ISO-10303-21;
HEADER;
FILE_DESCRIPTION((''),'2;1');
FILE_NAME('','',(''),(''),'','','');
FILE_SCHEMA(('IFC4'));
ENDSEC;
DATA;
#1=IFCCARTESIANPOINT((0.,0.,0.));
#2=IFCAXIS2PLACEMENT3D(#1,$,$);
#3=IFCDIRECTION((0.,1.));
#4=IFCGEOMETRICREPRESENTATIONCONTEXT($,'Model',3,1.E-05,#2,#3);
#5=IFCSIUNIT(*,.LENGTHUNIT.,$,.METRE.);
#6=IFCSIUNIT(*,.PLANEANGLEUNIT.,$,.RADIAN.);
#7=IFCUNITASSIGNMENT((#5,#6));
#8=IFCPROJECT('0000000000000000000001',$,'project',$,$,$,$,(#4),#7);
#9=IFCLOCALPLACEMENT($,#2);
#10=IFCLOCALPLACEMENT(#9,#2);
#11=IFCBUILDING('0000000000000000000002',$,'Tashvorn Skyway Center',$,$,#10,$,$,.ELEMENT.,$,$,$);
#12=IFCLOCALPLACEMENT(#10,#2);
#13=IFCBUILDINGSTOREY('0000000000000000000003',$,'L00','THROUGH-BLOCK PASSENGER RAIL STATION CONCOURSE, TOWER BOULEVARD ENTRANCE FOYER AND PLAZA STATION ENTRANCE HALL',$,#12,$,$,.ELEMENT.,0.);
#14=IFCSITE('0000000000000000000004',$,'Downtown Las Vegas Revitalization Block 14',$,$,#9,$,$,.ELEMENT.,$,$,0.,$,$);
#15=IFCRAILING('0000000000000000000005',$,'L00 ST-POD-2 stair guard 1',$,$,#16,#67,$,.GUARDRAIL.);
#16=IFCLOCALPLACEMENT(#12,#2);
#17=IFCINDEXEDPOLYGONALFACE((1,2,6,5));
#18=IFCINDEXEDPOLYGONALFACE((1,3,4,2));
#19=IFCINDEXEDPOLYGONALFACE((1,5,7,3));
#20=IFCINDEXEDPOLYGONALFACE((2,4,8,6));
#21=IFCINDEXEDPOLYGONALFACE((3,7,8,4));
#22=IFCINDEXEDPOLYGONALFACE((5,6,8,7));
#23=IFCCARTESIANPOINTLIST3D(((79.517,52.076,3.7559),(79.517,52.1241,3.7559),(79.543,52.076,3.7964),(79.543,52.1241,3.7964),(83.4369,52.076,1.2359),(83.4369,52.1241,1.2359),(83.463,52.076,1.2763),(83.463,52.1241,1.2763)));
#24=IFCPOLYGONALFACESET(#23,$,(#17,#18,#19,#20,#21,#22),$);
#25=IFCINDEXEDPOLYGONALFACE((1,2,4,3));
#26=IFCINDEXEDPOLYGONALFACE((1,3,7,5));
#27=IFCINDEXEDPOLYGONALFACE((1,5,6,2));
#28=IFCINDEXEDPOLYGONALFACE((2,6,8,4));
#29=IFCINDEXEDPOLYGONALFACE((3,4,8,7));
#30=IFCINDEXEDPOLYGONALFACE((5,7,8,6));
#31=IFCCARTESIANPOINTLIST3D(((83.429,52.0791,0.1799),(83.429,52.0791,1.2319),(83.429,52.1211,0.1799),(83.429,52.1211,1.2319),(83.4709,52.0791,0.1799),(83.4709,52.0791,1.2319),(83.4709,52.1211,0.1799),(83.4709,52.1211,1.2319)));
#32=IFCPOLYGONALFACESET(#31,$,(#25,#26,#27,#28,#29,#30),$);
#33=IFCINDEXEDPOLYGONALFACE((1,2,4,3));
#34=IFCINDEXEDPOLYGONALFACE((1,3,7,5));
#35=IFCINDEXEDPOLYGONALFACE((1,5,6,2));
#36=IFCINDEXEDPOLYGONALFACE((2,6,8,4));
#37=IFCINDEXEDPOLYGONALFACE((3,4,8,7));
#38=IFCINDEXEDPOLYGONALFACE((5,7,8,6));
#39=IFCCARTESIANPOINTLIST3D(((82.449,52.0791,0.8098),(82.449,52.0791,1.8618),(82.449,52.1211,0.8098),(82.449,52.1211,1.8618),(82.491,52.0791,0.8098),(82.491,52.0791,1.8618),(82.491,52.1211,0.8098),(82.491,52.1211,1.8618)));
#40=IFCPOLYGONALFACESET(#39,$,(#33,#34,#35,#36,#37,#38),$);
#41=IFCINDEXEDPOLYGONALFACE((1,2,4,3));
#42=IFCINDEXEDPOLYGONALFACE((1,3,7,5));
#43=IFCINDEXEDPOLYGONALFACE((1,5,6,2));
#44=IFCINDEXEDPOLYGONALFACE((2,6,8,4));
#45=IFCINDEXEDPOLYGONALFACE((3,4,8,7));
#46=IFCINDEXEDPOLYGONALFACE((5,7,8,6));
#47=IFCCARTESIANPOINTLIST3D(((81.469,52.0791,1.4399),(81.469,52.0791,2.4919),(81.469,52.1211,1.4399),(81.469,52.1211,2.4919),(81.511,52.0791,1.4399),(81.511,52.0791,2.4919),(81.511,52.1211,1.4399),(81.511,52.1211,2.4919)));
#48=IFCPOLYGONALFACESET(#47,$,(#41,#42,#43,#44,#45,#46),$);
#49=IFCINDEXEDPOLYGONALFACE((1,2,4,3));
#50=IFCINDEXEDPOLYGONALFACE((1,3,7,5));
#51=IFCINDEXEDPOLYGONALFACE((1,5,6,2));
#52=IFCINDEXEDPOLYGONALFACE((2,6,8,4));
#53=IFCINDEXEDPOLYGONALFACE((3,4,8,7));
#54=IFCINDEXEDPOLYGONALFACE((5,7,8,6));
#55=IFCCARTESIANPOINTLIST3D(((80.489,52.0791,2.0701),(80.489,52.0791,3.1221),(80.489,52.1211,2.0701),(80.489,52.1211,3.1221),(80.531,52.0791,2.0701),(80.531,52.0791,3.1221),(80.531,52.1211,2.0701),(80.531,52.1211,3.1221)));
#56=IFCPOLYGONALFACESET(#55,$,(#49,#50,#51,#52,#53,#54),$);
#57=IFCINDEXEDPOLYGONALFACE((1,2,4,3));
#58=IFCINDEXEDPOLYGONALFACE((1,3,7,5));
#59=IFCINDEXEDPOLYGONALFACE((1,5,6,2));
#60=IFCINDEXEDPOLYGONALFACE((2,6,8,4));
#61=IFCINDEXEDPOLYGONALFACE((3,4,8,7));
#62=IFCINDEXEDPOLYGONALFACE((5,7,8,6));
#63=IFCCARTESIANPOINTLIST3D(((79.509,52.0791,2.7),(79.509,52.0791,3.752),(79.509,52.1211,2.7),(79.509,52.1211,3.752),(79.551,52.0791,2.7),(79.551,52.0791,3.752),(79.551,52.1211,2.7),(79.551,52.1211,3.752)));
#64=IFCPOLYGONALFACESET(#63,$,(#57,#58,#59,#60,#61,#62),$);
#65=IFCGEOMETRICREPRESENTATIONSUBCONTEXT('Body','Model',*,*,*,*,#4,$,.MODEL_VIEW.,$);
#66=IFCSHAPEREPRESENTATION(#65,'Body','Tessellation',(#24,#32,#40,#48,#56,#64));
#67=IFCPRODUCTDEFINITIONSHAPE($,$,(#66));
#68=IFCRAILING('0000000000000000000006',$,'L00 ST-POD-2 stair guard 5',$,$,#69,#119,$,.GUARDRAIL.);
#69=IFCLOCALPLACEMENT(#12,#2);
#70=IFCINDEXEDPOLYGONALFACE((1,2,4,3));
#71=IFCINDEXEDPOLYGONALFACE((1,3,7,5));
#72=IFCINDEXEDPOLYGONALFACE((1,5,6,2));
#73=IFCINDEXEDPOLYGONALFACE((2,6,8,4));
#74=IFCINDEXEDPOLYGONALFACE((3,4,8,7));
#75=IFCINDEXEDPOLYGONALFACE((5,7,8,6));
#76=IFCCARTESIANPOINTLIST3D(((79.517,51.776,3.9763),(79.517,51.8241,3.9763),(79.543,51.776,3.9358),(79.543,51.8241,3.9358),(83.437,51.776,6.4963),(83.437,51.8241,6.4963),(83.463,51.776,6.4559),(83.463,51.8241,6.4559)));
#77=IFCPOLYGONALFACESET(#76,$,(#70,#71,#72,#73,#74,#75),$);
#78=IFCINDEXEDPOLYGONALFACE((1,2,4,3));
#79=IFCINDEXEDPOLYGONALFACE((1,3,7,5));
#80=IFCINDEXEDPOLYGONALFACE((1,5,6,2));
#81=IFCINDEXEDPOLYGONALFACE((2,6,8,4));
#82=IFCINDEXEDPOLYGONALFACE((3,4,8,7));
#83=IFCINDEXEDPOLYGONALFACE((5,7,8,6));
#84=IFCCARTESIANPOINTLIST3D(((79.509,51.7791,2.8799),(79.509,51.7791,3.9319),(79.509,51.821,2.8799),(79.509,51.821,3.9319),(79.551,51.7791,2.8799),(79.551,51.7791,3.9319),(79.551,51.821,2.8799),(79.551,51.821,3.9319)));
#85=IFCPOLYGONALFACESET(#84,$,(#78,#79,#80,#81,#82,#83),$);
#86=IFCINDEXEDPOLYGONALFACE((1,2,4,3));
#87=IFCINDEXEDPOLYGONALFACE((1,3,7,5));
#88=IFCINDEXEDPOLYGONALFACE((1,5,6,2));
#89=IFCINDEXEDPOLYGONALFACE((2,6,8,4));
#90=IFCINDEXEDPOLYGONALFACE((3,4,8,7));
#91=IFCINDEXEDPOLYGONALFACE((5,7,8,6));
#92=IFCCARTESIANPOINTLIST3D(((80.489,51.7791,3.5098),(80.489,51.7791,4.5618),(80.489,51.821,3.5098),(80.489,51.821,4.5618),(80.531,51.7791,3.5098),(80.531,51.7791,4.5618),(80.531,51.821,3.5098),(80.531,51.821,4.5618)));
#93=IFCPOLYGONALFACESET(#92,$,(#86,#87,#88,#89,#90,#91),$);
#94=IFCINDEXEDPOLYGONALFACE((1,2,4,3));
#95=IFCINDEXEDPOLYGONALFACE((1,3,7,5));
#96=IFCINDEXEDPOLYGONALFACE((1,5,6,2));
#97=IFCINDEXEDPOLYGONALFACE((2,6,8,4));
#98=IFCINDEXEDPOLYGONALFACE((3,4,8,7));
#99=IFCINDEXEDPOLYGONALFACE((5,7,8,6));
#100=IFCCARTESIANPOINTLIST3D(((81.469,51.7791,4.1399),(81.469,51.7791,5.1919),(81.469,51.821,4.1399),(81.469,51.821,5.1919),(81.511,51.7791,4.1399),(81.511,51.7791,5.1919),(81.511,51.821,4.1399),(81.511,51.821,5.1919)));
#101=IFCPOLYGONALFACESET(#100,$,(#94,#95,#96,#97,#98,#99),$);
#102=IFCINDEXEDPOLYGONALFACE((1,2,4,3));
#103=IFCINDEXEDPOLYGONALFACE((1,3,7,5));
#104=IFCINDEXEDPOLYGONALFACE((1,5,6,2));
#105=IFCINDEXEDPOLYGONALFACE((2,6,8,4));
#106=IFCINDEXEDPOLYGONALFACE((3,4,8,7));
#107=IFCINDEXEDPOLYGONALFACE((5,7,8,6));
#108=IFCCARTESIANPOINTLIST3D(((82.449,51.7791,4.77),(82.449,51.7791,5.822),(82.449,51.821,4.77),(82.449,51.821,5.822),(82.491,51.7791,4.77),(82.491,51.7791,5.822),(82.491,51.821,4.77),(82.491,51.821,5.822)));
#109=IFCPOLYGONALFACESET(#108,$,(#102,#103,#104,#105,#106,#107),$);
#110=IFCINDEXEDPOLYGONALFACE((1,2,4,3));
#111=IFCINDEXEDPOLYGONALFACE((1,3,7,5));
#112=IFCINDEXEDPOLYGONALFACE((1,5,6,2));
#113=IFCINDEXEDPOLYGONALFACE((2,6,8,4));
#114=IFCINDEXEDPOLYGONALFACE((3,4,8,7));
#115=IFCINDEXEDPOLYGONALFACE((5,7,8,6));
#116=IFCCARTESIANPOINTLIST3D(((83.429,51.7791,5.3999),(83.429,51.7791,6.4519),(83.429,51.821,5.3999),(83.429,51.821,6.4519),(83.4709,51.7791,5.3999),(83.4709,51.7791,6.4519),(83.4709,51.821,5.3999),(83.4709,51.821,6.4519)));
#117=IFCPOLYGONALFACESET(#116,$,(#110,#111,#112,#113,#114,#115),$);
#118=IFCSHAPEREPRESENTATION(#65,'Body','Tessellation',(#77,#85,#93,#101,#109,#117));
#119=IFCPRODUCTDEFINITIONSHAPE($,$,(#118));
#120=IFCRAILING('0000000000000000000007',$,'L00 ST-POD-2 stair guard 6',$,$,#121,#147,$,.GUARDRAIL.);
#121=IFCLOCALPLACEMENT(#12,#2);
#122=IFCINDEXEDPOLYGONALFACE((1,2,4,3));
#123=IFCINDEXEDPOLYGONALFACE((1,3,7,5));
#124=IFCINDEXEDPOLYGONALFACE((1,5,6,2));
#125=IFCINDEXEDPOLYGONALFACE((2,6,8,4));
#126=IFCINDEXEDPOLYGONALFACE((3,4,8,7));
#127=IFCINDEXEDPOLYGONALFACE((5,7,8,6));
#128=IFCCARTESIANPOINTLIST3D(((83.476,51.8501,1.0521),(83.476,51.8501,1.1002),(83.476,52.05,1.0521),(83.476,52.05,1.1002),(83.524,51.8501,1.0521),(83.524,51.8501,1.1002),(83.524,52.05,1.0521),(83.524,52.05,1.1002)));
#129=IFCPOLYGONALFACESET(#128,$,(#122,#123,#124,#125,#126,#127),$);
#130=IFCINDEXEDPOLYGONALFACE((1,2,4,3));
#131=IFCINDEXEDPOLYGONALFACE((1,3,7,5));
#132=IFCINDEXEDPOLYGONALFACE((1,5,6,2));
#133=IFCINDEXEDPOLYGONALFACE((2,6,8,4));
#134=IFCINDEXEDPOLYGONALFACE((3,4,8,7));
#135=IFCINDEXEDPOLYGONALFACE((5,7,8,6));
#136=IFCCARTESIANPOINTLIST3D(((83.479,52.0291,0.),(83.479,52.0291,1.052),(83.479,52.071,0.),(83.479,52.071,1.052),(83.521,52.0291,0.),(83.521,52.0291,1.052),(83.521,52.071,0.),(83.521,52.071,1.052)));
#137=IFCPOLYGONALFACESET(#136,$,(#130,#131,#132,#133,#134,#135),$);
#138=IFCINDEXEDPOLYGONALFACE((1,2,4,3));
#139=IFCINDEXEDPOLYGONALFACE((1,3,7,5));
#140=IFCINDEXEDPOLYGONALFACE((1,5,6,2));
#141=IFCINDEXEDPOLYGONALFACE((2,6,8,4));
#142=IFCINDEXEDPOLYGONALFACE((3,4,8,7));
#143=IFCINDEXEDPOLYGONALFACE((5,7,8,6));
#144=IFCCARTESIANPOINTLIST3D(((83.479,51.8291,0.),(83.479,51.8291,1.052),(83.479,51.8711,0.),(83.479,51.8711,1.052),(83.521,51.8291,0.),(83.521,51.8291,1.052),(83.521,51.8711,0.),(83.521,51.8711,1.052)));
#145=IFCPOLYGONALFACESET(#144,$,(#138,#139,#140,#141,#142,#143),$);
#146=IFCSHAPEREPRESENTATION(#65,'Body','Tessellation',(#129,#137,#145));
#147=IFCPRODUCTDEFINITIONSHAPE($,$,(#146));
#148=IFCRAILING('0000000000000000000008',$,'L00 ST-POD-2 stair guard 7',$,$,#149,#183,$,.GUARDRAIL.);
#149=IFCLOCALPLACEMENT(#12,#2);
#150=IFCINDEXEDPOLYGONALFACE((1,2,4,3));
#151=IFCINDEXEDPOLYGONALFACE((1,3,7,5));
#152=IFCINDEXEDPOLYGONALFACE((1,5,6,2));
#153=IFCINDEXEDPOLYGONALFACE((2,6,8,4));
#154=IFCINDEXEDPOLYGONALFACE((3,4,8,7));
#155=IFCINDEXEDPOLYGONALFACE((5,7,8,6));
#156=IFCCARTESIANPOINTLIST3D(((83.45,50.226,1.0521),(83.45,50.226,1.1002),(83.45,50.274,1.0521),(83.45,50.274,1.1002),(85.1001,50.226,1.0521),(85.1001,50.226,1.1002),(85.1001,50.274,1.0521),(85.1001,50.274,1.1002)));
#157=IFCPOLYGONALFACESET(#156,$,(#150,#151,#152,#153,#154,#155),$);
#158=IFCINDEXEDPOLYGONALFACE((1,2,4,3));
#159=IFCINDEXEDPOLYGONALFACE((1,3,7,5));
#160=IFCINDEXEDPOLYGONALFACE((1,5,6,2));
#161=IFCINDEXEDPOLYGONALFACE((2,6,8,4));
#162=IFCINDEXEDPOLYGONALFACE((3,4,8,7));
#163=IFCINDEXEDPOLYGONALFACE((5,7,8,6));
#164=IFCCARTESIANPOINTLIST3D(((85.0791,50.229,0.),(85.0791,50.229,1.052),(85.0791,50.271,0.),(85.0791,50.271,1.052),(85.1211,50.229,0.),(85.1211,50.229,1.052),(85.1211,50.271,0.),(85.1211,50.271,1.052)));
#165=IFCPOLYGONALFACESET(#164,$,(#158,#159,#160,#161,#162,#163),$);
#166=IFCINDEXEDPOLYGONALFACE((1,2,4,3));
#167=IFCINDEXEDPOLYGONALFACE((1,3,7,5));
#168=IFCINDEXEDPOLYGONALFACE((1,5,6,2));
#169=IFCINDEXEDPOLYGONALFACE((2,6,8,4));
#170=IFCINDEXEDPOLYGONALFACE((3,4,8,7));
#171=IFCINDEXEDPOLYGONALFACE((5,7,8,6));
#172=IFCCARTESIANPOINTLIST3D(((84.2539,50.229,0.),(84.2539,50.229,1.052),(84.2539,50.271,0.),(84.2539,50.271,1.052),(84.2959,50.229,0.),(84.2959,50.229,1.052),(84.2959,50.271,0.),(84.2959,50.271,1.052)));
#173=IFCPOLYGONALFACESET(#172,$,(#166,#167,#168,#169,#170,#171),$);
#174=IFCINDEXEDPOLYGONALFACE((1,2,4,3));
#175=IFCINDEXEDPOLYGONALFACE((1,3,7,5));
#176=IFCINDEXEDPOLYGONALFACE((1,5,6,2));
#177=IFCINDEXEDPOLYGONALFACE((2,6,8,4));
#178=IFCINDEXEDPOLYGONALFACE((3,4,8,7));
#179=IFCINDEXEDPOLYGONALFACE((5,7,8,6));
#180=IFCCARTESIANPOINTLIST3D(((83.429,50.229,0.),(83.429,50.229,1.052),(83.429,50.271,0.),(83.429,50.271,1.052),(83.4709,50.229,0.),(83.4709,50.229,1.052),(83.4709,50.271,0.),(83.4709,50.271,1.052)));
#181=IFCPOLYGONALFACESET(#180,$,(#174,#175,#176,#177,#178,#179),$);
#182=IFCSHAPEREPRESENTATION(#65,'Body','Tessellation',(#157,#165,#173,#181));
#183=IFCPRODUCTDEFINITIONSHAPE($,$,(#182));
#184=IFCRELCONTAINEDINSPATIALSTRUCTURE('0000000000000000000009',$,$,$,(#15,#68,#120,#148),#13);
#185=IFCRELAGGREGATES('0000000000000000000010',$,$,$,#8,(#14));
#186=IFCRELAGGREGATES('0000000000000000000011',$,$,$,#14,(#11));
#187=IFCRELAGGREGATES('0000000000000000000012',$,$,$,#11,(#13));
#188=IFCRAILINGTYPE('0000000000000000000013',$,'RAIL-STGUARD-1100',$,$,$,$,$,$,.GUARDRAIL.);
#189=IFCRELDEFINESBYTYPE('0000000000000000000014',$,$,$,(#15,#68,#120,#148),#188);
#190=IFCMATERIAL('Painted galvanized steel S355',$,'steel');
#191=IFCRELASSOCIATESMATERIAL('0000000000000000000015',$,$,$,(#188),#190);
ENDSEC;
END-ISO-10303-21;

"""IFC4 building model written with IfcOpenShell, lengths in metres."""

from ifc_helpers import new_model, si_unit, direction, frame, origin, origin_2d, place, context, subcontext, project, spatial, rectangle, extrude, material, type_object, element, save


model = new_model("IFC4")

# Units and contexts
model_context = context("Model", 3, precision=1e-05, world=origin(), true_north=direction((0.0, 1.0)))
body_context = subcontext(model_context, "Body", "Model", "MODEL_VIEW")
ifc_project = project(units=[si_unit("LENGTHUNIT", "METRE"), si_unit("PLANEANGLEUNIT", "RADIAN")], contexts=[model_context])

# Site, building, storey
site_placement = place(None, origin())
site = spatial("IfcSite", under=ifc_project, at=site_placement, Name="Downtown Las Vegas Revitalization Block 14", CompositionType="ELEMENT", RefElevation=0.0)
building_placement = place(site_placement, origin())
building = spatial("IfcBuilding", under=site, at=building_placement, Name="Tashvorn Skyway Center", CompositionType="ELEMENT")
storey_placement = place(building_placement, origin())
storey = spatial("IfcBuildingStorey", under=building, at=storey_placement, Name="L00", Description="THROUGH-BLOCK PASSENGER RAIL STATION CONCOURSE, TOWER BOULEVARD ENTRANCE FOYER AND PLAZA STATION ENTRANCE HALL", CompositionType="ELEMENT", Elevation=0.0)

# Railings
ifc_material_1 = material(Name="Painted galvanized steel S355", Category="steel")
railing_type_1 = type_object("IfcRailingType", Name="RAIL-STGUARD-1100", PredefinedType="GUARDRAIL", material=ifc_material_1)
railing_1_placement = place(storey_placement, frame((83.45, 52.1001, 0.1799)))
element("IfcRailing", 1, at=railing_1_placement, inside=storey, type_object=railing_type_1, Name="L00 ST-POD-2 stair guard 1", PredefinedType="GUARDRAIL", context=body_context, shape_type="SweptSolid", body=[
    extrude(rectangle(XDim=0.0481, YDim=0.0481, at=origin_2d()), frame((0.0, 0.0, 1.0762), z_axis=(-0.841172, 0.0, 0.540768), x_axis=(0.0, -1.0, 0.0)), (0.0, 0.0, 1.0), 4.6602),
    extrude(rectangle(XDim=0.042, YDim=0.042, at=origin_2d()), origin(), (0.0, 0.0, 1.0), 1.052),
    extrude(rectangle(XDim=0.042, YDim=0.042, at=origin_2d()), frame((-0.98, 0.0, 0.6299)), (0.0, 0.0, 1.0), 1.052),
    extrude(rectangle(XDim=0.042, YDim=0.042, at=origin_2d()), frame((-1.96, 0.0, 1.26)), (0.0, 0.0, 1.0), 1.052),
    extrude(rectangle(XDim=0.042, YDim=0.042, at=origin_2d()), frame((-2.9399, 0.0, 1.8901)), (0.0, 0.0, 1.0), 1.052),
    extrude(rectangle(XDim=0.042, YDim=0.042, at=origin_2d()), frame((-3.9199, 0.0, 2.52)), (0.0, 0.0, 1.0), 1.052),
])
railing_2_placement = place(storey_placement, frame((79.53, 51.8, 2.8799)))
element("IfcRailing", 2, at=railing_2_placement, inside=storey, type_object=railing_type_1, Name="L00 ST-POD-2 stair guard 5", PredefinedType="GUARDRAIL", context=body_context, shape_type="SweptSolid", body=[
    extrude(rectangle(XDim=0.0481, YDim=0.0481, at=origin_2d()), frame((0.0, 0.0, 1.0762), z_axis=(0.841172, 0.0, 0.540768), x_axis=(0.0, 1.0, 0.0)), (0.0, 0.0, 1.0), 4.6602),
    extrude(rectangle(XDim=0.042, YDim=0.042, at=origin_2d()), origin(), (0.0, 0.0, 1.0), 1.052),
    extrude(rectangle(XDim=0.042, YDim=0.042, at=origin_2d()), frame((0.98, 0.0, 0.6299)), (0.0, 0.0, 1.0), 1.052),
    extrude(rectangle(XDim=0.042, YDim=0.042, at=origin_2d()), frame((1.96, 0.0, 1.26)), (0.0, 0.0, 1.0), 1.052),
    extrude(rectangle(XDim=0.042, YDim=0.042, at=origin_2d()), frame((2.9399, 0.0, 1.8901)), (0.0, 0.0, 1.0), 1.052),
    extrude(rectangle(XDim=0.042, YDim=0.042, at=origin_2d()), frame((3.9199, 0.0, 2.52)), (0.0, 0.0, 1.0), 1.052),
])
railing_3_placement = place(storey_placement, frame((83.5, 52.05, 0.0)))
element("IfcRailing", 3, at=railing_3_placement, inside=storey, type_object=railing_type_1, Name="L00 ST-POD-2 stair guard 6", PredefinedType="GUARDRAIL", context=body_context, shape_type="SweptSolid", body=[
    extrude(rectangle(XDim=0.0481, YDim=0.0481, at=origin_2d()), frame((0.0, 0.0, 1.0762), z_axis=(0.0, -1.0, 0.0), x_axis=(1.0, 0.0, 0.0)), (0.0, 0.0, 1.0), 0.2),
    extrude(rectangle(XDim=0.042, YDim=0.042, at=origin_2d()), origin(), (0.0, 0.0, 1.0), 1.052),
    extrude(rectangle(XDim=0.042, YDim=0.042, at=origin_2d()), frame((0.0, -0.2, 0.0)), (0.0, 0.0, 1.0), 1.052),
])
railing_4_placement = place(storey_placement, frame((85.1001, 50.25, 0.0)))
element("IfcRailing", 4, at=railing_4_placement, inside=storey, type_object=railing_type_1, Name="L00 ST-POD-2 stair guard 7", PredefinedType="GUARDRAIL", context=body_context, shape_type="SweptSolid", body=[
    extrude(rectangle(XDim=0.0481, YDim=0.0481, at=origin_2d()), frame((0.0, 0.0, 1.0762), z_axis=(-1.0, 0.0, 0.0), x_axis=(0.0, -1.0, 0.0)), (0.0, 0.0, 1.0), 1.6501),
    extrude(rectangle(XDim=0.042, YDim=0.042, at=origin_2d()), origin(), (0.0, 0.0, 1.0), 1.052),
    extrude(rectangle(XDim=0.042, YDim=0.042, at=origin_2d()), frame((-0.8252, 0.0, 0.0)), (0.0, 0.0, 1.0), 1.052),
    extrude(rectangle(XDim=0.042, YDim=0.042, at=origin_2d()), frame((-1.6501, 0.0, 0.0)), (0.0, 0.0, 1.0), 1.052),
])

save(model, "model.ifc")
